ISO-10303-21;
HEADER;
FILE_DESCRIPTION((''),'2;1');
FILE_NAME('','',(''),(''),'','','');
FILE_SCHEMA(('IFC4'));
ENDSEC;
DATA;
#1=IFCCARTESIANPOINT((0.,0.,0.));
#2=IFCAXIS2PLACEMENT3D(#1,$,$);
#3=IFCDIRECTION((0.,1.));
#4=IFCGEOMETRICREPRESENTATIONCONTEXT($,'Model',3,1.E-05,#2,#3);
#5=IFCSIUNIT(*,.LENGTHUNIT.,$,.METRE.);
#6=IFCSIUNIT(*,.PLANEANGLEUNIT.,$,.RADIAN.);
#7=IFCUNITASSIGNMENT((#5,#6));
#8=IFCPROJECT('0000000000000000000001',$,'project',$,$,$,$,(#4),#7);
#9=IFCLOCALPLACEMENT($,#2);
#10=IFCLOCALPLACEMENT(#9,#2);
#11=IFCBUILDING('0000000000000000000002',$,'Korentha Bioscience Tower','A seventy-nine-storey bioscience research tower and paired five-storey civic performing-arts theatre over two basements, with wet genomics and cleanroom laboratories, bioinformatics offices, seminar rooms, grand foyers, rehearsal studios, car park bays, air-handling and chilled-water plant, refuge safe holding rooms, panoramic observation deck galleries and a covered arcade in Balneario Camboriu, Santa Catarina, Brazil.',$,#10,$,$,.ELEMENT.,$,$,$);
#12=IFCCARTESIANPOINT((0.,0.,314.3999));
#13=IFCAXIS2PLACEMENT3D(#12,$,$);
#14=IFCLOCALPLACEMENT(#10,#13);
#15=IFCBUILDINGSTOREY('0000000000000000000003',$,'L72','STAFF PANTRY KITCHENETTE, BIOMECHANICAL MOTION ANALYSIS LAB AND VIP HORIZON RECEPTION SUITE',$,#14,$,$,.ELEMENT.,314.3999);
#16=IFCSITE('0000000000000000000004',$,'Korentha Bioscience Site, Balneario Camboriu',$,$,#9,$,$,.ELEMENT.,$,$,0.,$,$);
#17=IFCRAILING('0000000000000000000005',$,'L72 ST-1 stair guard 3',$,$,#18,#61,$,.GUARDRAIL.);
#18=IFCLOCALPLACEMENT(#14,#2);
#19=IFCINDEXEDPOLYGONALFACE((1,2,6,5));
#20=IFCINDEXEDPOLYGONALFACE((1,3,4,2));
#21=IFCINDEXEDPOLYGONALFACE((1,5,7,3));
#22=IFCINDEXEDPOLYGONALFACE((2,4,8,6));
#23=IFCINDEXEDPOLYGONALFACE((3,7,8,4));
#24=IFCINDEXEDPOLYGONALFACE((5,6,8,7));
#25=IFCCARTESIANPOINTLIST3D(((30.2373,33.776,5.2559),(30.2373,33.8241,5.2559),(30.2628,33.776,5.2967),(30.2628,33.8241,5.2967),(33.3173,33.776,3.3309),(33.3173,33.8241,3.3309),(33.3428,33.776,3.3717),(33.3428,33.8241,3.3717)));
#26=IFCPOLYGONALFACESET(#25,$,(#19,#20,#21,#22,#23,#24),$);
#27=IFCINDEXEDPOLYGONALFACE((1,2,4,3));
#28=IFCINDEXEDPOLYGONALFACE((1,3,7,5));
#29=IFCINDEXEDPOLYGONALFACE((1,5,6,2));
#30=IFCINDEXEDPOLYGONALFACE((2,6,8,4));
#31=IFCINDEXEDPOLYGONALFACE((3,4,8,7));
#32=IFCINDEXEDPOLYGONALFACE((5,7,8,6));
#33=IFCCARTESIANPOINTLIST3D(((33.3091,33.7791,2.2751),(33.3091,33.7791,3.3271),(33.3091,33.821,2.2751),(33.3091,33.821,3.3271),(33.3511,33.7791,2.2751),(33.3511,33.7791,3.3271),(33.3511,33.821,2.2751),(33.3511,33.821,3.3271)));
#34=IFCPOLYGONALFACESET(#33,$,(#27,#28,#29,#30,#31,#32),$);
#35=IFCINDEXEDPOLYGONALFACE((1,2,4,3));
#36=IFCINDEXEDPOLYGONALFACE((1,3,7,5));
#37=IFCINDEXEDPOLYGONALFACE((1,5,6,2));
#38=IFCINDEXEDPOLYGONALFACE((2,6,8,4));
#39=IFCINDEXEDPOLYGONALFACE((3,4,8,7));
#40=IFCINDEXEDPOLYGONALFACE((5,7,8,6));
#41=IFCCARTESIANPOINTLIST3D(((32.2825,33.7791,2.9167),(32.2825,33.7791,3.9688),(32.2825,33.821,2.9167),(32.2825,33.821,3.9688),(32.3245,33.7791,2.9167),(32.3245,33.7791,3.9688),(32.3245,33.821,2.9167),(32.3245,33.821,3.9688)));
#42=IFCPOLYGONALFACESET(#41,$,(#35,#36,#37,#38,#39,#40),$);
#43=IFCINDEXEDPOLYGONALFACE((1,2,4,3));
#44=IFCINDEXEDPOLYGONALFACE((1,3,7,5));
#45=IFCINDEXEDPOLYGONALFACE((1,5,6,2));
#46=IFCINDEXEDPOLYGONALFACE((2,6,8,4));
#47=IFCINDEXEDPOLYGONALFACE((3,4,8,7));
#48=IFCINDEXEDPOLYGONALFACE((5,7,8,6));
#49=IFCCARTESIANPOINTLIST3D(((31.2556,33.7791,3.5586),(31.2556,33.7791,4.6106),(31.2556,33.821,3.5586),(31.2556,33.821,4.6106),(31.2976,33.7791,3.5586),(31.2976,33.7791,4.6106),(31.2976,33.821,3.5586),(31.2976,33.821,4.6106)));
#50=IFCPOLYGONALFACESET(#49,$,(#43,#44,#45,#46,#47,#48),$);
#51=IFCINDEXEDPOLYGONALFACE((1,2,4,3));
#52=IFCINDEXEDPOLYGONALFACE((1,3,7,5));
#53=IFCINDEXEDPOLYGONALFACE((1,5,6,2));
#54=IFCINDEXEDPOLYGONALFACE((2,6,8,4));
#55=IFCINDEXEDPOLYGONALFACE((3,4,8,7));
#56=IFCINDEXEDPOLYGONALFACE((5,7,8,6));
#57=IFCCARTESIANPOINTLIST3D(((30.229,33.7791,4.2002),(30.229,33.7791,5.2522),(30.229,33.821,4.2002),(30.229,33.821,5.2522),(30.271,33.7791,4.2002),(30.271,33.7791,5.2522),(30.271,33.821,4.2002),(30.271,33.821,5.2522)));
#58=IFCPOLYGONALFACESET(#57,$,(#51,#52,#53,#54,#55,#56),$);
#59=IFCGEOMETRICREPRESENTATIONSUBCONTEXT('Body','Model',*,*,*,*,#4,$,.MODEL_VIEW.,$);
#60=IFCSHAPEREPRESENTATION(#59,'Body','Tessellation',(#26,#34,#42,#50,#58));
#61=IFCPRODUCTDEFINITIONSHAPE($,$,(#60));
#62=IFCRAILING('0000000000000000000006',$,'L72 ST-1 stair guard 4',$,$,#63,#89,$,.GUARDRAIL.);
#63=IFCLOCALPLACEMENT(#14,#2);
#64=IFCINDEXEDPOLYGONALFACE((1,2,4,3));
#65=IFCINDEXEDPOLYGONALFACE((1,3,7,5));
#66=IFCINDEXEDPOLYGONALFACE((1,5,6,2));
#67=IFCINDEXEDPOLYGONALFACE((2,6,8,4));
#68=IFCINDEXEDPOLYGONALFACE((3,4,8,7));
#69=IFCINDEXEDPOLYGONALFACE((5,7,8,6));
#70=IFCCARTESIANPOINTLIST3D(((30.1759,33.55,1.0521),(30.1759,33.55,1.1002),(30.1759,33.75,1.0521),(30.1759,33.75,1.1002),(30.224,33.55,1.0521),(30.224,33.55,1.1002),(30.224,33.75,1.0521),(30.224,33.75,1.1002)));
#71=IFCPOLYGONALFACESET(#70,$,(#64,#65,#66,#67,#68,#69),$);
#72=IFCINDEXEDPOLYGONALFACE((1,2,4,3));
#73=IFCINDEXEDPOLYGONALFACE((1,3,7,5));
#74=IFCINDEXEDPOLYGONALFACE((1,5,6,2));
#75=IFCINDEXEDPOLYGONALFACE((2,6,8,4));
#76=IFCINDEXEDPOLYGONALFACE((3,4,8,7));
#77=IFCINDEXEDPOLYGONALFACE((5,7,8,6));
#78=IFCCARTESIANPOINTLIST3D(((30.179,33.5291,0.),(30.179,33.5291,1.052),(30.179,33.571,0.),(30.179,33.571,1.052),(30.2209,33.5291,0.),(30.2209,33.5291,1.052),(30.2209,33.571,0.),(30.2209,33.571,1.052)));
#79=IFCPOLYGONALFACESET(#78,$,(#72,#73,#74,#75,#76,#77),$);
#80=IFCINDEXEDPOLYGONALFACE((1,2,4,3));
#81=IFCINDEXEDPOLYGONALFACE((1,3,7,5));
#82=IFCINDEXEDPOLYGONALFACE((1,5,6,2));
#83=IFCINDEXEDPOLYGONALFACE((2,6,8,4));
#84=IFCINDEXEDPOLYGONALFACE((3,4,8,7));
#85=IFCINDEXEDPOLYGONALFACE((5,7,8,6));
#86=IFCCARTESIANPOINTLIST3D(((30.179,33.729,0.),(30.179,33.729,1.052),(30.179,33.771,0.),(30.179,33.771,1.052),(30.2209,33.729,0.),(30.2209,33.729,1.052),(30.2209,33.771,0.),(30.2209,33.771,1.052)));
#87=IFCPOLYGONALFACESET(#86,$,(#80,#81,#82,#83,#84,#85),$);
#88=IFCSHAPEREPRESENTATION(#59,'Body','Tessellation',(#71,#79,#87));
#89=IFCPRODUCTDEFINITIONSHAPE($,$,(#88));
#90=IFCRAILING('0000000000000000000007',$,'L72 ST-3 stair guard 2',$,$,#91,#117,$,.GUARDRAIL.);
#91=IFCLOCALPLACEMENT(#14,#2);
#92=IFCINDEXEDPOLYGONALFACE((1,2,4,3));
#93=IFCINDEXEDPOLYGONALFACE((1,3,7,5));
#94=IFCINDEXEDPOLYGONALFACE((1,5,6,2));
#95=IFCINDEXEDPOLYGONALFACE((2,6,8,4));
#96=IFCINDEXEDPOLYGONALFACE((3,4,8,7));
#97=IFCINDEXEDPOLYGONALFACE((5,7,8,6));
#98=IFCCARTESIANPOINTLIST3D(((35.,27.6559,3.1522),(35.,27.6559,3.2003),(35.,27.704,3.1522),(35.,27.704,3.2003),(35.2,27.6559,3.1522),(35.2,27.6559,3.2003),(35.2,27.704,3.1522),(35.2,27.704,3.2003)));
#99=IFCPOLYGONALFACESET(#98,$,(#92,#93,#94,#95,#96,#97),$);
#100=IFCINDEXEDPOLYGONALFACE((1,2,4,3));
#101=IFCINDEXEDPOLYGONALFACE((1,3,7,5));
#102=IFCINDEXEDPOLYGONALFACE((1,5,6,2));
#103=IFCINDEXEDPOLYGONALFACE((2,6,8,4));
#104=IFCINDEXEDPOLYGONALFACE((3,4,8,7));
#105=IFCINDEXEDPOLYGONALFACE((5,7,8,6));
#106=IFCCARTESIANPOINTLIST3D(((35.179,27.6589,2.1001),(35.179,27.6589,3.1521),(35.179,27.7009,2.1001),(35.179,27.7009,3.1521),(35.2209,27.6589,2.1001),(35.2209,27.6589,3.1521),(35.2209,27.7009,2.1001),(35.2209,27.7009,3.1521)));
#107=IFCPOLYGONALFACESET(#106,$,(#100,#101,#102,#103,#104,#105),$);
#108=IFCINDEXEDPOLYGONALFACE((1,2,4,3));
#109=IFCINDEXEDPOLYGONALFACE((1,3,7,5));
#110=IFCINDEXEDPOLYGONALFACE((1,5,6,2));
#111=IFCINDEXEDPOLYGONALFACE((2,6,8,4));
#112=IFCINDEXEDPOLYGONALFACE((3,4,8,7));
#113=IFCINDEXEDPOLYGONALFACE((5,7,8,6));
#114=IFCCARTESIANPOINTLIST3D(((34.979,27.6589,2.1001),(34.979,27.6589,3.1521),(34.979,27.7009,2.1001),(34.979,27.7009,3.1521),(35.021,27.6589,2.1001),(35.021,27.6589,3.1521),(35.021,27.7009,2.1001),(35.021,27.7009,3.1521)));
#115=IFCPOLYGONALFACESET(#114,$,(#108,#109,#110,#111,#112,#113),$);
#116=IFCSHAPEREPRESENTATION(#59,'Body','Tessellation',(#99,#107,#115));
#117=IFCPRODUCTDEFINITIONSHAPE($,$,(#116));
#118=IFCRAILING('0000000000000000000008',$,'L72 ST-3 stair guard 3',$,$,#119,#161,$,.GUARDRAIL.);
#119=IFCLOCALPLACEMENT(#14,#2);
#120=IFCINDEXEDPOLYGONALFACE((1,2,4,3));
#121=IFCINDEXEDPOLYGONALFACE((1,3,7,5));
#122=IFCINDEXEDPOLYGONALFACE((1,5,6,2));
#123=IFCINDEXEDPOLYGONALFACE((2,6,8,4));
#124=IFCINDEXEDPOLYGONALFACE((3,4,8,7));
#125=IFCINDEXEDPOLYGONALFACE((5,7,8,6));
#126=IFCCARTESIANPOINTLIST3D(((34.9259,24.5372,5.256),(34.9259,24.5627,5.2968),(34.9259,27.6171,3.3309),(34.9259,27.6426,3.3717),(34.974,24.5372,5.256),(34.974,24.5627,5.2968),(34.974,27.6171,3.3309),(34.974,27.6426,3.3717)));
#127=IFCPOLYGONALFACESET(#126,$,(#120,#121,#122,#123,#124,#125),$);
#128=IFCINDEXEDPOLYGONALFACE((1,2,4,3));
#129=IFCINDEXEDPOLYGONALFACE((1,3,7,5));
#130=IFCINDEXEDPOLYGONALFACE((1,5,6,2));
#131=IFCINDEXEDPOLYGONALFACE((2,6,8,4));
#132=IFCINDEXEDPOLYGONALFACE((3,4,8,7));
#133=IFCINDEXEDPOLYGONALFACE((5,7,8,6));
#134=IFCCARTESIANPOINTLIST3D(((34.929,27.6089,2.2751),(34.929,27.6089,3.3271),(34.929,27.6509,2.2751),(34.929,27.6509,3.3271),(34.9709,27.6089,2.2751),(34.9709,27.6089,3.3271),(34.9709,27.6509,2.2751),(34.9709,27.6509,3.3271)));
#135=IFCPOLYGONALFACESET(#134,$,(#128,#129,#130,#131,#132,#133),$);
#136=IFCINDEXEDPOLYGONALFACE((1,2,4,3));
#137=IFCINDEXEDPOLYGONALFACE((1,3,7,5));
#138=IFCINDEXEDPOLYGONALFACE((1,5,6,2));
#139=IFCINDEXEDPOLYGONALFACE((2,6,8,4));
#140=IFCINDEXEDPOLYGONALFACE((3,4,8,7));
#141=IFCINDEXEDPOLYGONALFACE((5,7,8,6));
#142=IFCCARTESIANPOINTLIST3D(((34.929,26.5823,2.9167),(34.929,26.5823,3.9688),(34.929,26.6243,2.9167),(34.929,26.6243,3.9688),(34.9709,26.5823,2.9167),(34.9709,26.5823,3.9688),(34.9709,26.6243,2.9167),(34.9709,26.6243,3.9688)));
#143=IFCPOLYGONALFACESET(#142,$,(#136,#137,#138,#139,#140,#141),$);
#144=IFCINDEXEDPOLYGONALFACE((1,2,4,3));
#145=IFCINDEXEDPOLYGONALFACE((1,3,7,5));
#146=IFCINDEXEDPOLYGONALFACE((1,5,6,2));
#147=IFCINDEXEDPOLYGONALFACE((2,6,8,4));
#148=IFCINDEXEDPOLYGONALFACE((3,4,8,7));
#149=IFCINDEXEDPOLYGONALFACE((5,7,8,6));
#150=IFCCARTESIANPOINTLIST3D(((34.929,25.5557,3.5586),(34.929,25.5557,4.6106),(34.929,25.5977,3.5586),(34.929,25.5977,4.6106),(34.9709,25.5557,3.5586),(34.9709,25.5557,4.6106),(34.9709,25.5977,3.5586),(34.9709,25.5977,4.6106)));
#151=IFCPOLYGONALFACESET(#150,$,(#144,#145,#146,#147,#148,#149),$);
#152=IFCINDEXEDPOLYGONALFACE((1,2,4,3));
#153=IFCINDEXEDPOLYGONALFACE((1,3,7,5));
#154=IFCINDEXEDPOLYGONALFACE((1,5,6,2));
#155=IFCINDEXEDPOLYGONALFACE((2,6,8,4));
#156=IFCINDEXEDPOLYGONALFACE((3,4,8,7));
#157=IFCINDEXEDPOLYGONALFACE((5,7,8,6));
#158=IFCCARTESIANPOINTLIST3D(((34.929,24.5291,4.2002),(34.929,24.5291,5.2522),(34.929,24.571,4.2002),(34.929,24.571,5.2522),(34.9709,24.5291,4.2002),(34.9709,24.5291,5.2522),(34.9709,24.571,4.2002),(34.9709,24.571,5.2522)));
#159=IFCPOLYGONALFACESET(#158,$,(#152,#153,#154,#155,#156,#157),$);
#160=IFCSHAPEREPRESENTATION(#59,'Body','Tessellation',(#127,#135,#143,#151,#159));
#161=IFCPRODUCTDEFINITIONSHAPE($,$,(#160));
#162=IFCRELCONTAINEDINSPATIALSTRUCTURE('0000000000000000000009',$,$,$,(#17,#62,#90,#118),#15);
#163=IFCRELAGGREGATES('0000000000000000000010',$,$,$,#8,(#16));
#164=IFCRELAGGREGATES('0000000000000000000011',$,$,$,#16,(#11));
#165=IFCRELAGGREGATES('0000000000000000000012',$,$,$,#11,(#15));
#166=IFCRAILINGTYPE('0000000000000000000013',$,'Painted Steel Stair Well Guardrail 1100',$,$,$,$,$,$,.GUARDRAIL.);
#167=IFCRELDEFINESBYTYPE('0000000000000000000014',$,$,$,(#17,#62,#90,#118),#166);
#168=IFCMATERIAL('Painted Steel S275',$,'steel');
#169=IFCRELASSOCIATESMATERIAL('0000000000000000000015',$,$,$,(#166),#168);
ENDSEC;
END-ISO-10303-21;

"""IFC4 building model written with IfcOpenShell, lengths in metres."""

from ifc_helpers import new_model, si_unit, direction, frame, origin, origin_2d, place, context, subcontext, project, spatial, rectangle, extrude, material, type_object, element, save


model = new_model("IFC4")

# Units and contexts
model_context = context("Model", 3, precision=1e-05, world=origin(), true_north=direction((0.0, 1.0)))
body_context = subcontext(model_context, "Body", "Model", "MODEL_VIEW")
ifc_project = project(units=[si_unit("LENGTHUNIT", "METRE"), si_unit("PLANEANGLEUNIT", "RADIAN")], contexts=[model_context])

# Site, building, storey
site_placement = place(None, origin())
site = spatial("IfcSite", under=ifc_project, at=site_placement, Name="Korentha Bioscience Site, Balneario Camboriu", CompositionType="ELEMENT", RefElevation=0.0)
building_placement = place(site_placement, origin())
building = spatial("IfcBuilding", under=site, at=building_placement, Name="Korentha Bioscience Tower", Description="A seventy-nine-storey bioscience research tower and paired five-storey civic performing-arts theatre over two basements, with wet genomics and cleanroom laboratories, bioinformatics offices, seminar rooms, grand foyers, rehearsal studios, car park bays, air-handling and chilled-water plant, refuge safe holding rooms, panoramic observation deck galleries and a covered arcade in Balneario Camboriu, Santa Catarina, Brazil.", CompositionType="ELEMENT")
storey_placement = place(building_placement, frame((0.0, 0.0, 314.3999)))
storey = spatial("IfcBuildingStorey", under=building, at=storey_placement, Name="L72", Description="STAFF PANTRY KITCHENETTE, BIOMECHANICAL MOTION ANALYSIS LAB AND VIP HORIZON RECEPTION SUITE", CompositionType="ELEMENT", Elevation=314.3999)

# Railings
ifc_material_1 = material(Name="Painted Steel S275", Category="steel")
railing_type_1 = type_object("IfcRailingType", Name="Painted Steel Stair Well Guardrail 1100", PredefinedType="GUARDRAIL", material=ifc_material_1)
railing_1_placement = place(storey_placement, frame((33.3301, 33.8, 2.2751)))
element("IfcRailing", 1, at=railing_1_placement, inside=storey, type_object=railing_type_1, Name="L72 ST-1 stair guard 3", PredefinedType="GUARDRAIL", context=body_context, shape_type="SweptSolid", body=[
    extrude(rectangle(XDim=0.0481, YDim=0.0481, at=origin_2d()), frame((0.0, 0.0, 1.0762), z_axis=(-0.847998, 0.0, 0.529999), x_axis=(0.0, -1.0, 0.0)), (0.0, 0.0, 1.0), 3.6321),
    extrude(rectangle(XDim=0.042, YDim=0.042, at=origin_2d()), origin(), (0.0, 0.0, 1.0), 1.052),
    extrude(rectangle(XDim=0.042, YDim=0.042, at=origin_2d()), frame((-1.0266, 0.0, 0.6416)), (0.0, 0.0, 1.0), 1.052),
    extrude(rectangle(XDim=0.042, YDim=0.042, at=origin_2d()), frame((-2.0535, 0.0, 1.2834)), (0.0, 0.0, 1.0), 1.052),
    extrude(rectangle(XDim=0.042, YDim=0.042, at=origin_2d()), frame((-3.0801, 0.0, 1.925)), (0.0, 0.0, 1.0), 1.052),
])
railing_2_placement = place(storey_placement, frame((30.2, 33.55, 0.0)))
element("IfcRailing", 2, at=railing_2_placement, inside=storey, type_object=railing_type_1, Name="L72 ST-1 stair guard 4", PredefinedType="GUARDRAIL", context=body_context, shape_type="SweptSolid", body=[
    extrude(rectangle(XDim=0.0481, YDim=0.0481, at=origin_2d()), frame((0.0, 0.0, 1.0762), z_axis=(0.0, 1.0, 0.0), x_axis=(-1.0, 0.0, 0.0)), (0.0, 0.0, 1.0), 0.2),
    extrude(rectangle(XDim=0.042, YDim=0.042, at=origin_2d()), origin(), (0.0, 0.0, 1.0), 1.052),
    extrude(rectangle(XDim=0.042, YDim=0.042, at=origin_2d()), frame((0.0, 0.2, 0.0)), (0.0, 0.0, 1.0), 1.052),
])
railing_3_placement = place(storey_placement, frame((35.2, 27.6799, 2.1001)))
element("IfcRailing", 3, at=railing_3_placement, inside=storey, type_object=railing_type_1, Name="L72 ST-3 stair guard 2", PredefinedType="GUARDRAIL", context=body_context, shape_type="SweptSolid", body=[
    extrude(rectangle(XDim=0.0481, YDim=0.0481, at=origin_2d()), frame((0.0, 0.0, 1.0762), z_axis=(-1.0, 0.0, 0.0), x_axis=(0.0, -1.0, 0.0)), (0.0, 0.0, 1.0), 0.2),
    extrude(rectangle(XDim=0.042, YDim=0.042, at=origin_2d()), origin(), (0.0, 0.0, 1.0), 1.052),
    extrude(rectangle(XDim=0.042, YDim=0.042, at=origin_2d()), frame((-0.2, 0.0, 0.0)), (0.0, 0.0, 1.0), 1.052),
])
railing_4_placement = place(storey_placement, frame((34.95, 27.6299, 2.2751)))
element("IfcRailing", 4, at=railing_4_placement, inside=storey, type_object=railing_type_1, Name="L72 ST-3 stair guard 3", PredefinedType="GUARDRAIL", context=body_context, shape_type="SweptSolid", body=[
    extrude(rectangle(XDim=0.0481, YDim=0.0481, at=origin_2d()), frame((0.0, 0.0, 1.0762), z_axis=(0.0, -0.847979, 0.530029), x_axis=(1.0, 0.0, 0.0)), (0.0, 0.0, 1.0), 3.6321),
    extrude(rectangle(XDim=0.042, YDim=0.042, at=origin_2d()), origin(), (0.0, 0.0, 1.0), 1.052),
    extrude(rectangle(XDim=0.042, YDim=0.042, at=origin_2d()), frame((0.0, -1.0266, 0.6416)), (0.0, 0.0, 1.0), 1.052),
    extrude(rectangle(XDim=0.042, YDim=0.042, at=origin_2d()), frame((0.0, -2.0532, 1.2834)), (0.0, 0.0, 1.0), 1.052),
    extrude(rectangle(XDim=0.042, YDim=0.042, at=origin_2d()), frame((0.0, -3.0798, 1.925)), (0.0, 0.0, 1.0), 1.052),
])

save(model, "model.ifc")
